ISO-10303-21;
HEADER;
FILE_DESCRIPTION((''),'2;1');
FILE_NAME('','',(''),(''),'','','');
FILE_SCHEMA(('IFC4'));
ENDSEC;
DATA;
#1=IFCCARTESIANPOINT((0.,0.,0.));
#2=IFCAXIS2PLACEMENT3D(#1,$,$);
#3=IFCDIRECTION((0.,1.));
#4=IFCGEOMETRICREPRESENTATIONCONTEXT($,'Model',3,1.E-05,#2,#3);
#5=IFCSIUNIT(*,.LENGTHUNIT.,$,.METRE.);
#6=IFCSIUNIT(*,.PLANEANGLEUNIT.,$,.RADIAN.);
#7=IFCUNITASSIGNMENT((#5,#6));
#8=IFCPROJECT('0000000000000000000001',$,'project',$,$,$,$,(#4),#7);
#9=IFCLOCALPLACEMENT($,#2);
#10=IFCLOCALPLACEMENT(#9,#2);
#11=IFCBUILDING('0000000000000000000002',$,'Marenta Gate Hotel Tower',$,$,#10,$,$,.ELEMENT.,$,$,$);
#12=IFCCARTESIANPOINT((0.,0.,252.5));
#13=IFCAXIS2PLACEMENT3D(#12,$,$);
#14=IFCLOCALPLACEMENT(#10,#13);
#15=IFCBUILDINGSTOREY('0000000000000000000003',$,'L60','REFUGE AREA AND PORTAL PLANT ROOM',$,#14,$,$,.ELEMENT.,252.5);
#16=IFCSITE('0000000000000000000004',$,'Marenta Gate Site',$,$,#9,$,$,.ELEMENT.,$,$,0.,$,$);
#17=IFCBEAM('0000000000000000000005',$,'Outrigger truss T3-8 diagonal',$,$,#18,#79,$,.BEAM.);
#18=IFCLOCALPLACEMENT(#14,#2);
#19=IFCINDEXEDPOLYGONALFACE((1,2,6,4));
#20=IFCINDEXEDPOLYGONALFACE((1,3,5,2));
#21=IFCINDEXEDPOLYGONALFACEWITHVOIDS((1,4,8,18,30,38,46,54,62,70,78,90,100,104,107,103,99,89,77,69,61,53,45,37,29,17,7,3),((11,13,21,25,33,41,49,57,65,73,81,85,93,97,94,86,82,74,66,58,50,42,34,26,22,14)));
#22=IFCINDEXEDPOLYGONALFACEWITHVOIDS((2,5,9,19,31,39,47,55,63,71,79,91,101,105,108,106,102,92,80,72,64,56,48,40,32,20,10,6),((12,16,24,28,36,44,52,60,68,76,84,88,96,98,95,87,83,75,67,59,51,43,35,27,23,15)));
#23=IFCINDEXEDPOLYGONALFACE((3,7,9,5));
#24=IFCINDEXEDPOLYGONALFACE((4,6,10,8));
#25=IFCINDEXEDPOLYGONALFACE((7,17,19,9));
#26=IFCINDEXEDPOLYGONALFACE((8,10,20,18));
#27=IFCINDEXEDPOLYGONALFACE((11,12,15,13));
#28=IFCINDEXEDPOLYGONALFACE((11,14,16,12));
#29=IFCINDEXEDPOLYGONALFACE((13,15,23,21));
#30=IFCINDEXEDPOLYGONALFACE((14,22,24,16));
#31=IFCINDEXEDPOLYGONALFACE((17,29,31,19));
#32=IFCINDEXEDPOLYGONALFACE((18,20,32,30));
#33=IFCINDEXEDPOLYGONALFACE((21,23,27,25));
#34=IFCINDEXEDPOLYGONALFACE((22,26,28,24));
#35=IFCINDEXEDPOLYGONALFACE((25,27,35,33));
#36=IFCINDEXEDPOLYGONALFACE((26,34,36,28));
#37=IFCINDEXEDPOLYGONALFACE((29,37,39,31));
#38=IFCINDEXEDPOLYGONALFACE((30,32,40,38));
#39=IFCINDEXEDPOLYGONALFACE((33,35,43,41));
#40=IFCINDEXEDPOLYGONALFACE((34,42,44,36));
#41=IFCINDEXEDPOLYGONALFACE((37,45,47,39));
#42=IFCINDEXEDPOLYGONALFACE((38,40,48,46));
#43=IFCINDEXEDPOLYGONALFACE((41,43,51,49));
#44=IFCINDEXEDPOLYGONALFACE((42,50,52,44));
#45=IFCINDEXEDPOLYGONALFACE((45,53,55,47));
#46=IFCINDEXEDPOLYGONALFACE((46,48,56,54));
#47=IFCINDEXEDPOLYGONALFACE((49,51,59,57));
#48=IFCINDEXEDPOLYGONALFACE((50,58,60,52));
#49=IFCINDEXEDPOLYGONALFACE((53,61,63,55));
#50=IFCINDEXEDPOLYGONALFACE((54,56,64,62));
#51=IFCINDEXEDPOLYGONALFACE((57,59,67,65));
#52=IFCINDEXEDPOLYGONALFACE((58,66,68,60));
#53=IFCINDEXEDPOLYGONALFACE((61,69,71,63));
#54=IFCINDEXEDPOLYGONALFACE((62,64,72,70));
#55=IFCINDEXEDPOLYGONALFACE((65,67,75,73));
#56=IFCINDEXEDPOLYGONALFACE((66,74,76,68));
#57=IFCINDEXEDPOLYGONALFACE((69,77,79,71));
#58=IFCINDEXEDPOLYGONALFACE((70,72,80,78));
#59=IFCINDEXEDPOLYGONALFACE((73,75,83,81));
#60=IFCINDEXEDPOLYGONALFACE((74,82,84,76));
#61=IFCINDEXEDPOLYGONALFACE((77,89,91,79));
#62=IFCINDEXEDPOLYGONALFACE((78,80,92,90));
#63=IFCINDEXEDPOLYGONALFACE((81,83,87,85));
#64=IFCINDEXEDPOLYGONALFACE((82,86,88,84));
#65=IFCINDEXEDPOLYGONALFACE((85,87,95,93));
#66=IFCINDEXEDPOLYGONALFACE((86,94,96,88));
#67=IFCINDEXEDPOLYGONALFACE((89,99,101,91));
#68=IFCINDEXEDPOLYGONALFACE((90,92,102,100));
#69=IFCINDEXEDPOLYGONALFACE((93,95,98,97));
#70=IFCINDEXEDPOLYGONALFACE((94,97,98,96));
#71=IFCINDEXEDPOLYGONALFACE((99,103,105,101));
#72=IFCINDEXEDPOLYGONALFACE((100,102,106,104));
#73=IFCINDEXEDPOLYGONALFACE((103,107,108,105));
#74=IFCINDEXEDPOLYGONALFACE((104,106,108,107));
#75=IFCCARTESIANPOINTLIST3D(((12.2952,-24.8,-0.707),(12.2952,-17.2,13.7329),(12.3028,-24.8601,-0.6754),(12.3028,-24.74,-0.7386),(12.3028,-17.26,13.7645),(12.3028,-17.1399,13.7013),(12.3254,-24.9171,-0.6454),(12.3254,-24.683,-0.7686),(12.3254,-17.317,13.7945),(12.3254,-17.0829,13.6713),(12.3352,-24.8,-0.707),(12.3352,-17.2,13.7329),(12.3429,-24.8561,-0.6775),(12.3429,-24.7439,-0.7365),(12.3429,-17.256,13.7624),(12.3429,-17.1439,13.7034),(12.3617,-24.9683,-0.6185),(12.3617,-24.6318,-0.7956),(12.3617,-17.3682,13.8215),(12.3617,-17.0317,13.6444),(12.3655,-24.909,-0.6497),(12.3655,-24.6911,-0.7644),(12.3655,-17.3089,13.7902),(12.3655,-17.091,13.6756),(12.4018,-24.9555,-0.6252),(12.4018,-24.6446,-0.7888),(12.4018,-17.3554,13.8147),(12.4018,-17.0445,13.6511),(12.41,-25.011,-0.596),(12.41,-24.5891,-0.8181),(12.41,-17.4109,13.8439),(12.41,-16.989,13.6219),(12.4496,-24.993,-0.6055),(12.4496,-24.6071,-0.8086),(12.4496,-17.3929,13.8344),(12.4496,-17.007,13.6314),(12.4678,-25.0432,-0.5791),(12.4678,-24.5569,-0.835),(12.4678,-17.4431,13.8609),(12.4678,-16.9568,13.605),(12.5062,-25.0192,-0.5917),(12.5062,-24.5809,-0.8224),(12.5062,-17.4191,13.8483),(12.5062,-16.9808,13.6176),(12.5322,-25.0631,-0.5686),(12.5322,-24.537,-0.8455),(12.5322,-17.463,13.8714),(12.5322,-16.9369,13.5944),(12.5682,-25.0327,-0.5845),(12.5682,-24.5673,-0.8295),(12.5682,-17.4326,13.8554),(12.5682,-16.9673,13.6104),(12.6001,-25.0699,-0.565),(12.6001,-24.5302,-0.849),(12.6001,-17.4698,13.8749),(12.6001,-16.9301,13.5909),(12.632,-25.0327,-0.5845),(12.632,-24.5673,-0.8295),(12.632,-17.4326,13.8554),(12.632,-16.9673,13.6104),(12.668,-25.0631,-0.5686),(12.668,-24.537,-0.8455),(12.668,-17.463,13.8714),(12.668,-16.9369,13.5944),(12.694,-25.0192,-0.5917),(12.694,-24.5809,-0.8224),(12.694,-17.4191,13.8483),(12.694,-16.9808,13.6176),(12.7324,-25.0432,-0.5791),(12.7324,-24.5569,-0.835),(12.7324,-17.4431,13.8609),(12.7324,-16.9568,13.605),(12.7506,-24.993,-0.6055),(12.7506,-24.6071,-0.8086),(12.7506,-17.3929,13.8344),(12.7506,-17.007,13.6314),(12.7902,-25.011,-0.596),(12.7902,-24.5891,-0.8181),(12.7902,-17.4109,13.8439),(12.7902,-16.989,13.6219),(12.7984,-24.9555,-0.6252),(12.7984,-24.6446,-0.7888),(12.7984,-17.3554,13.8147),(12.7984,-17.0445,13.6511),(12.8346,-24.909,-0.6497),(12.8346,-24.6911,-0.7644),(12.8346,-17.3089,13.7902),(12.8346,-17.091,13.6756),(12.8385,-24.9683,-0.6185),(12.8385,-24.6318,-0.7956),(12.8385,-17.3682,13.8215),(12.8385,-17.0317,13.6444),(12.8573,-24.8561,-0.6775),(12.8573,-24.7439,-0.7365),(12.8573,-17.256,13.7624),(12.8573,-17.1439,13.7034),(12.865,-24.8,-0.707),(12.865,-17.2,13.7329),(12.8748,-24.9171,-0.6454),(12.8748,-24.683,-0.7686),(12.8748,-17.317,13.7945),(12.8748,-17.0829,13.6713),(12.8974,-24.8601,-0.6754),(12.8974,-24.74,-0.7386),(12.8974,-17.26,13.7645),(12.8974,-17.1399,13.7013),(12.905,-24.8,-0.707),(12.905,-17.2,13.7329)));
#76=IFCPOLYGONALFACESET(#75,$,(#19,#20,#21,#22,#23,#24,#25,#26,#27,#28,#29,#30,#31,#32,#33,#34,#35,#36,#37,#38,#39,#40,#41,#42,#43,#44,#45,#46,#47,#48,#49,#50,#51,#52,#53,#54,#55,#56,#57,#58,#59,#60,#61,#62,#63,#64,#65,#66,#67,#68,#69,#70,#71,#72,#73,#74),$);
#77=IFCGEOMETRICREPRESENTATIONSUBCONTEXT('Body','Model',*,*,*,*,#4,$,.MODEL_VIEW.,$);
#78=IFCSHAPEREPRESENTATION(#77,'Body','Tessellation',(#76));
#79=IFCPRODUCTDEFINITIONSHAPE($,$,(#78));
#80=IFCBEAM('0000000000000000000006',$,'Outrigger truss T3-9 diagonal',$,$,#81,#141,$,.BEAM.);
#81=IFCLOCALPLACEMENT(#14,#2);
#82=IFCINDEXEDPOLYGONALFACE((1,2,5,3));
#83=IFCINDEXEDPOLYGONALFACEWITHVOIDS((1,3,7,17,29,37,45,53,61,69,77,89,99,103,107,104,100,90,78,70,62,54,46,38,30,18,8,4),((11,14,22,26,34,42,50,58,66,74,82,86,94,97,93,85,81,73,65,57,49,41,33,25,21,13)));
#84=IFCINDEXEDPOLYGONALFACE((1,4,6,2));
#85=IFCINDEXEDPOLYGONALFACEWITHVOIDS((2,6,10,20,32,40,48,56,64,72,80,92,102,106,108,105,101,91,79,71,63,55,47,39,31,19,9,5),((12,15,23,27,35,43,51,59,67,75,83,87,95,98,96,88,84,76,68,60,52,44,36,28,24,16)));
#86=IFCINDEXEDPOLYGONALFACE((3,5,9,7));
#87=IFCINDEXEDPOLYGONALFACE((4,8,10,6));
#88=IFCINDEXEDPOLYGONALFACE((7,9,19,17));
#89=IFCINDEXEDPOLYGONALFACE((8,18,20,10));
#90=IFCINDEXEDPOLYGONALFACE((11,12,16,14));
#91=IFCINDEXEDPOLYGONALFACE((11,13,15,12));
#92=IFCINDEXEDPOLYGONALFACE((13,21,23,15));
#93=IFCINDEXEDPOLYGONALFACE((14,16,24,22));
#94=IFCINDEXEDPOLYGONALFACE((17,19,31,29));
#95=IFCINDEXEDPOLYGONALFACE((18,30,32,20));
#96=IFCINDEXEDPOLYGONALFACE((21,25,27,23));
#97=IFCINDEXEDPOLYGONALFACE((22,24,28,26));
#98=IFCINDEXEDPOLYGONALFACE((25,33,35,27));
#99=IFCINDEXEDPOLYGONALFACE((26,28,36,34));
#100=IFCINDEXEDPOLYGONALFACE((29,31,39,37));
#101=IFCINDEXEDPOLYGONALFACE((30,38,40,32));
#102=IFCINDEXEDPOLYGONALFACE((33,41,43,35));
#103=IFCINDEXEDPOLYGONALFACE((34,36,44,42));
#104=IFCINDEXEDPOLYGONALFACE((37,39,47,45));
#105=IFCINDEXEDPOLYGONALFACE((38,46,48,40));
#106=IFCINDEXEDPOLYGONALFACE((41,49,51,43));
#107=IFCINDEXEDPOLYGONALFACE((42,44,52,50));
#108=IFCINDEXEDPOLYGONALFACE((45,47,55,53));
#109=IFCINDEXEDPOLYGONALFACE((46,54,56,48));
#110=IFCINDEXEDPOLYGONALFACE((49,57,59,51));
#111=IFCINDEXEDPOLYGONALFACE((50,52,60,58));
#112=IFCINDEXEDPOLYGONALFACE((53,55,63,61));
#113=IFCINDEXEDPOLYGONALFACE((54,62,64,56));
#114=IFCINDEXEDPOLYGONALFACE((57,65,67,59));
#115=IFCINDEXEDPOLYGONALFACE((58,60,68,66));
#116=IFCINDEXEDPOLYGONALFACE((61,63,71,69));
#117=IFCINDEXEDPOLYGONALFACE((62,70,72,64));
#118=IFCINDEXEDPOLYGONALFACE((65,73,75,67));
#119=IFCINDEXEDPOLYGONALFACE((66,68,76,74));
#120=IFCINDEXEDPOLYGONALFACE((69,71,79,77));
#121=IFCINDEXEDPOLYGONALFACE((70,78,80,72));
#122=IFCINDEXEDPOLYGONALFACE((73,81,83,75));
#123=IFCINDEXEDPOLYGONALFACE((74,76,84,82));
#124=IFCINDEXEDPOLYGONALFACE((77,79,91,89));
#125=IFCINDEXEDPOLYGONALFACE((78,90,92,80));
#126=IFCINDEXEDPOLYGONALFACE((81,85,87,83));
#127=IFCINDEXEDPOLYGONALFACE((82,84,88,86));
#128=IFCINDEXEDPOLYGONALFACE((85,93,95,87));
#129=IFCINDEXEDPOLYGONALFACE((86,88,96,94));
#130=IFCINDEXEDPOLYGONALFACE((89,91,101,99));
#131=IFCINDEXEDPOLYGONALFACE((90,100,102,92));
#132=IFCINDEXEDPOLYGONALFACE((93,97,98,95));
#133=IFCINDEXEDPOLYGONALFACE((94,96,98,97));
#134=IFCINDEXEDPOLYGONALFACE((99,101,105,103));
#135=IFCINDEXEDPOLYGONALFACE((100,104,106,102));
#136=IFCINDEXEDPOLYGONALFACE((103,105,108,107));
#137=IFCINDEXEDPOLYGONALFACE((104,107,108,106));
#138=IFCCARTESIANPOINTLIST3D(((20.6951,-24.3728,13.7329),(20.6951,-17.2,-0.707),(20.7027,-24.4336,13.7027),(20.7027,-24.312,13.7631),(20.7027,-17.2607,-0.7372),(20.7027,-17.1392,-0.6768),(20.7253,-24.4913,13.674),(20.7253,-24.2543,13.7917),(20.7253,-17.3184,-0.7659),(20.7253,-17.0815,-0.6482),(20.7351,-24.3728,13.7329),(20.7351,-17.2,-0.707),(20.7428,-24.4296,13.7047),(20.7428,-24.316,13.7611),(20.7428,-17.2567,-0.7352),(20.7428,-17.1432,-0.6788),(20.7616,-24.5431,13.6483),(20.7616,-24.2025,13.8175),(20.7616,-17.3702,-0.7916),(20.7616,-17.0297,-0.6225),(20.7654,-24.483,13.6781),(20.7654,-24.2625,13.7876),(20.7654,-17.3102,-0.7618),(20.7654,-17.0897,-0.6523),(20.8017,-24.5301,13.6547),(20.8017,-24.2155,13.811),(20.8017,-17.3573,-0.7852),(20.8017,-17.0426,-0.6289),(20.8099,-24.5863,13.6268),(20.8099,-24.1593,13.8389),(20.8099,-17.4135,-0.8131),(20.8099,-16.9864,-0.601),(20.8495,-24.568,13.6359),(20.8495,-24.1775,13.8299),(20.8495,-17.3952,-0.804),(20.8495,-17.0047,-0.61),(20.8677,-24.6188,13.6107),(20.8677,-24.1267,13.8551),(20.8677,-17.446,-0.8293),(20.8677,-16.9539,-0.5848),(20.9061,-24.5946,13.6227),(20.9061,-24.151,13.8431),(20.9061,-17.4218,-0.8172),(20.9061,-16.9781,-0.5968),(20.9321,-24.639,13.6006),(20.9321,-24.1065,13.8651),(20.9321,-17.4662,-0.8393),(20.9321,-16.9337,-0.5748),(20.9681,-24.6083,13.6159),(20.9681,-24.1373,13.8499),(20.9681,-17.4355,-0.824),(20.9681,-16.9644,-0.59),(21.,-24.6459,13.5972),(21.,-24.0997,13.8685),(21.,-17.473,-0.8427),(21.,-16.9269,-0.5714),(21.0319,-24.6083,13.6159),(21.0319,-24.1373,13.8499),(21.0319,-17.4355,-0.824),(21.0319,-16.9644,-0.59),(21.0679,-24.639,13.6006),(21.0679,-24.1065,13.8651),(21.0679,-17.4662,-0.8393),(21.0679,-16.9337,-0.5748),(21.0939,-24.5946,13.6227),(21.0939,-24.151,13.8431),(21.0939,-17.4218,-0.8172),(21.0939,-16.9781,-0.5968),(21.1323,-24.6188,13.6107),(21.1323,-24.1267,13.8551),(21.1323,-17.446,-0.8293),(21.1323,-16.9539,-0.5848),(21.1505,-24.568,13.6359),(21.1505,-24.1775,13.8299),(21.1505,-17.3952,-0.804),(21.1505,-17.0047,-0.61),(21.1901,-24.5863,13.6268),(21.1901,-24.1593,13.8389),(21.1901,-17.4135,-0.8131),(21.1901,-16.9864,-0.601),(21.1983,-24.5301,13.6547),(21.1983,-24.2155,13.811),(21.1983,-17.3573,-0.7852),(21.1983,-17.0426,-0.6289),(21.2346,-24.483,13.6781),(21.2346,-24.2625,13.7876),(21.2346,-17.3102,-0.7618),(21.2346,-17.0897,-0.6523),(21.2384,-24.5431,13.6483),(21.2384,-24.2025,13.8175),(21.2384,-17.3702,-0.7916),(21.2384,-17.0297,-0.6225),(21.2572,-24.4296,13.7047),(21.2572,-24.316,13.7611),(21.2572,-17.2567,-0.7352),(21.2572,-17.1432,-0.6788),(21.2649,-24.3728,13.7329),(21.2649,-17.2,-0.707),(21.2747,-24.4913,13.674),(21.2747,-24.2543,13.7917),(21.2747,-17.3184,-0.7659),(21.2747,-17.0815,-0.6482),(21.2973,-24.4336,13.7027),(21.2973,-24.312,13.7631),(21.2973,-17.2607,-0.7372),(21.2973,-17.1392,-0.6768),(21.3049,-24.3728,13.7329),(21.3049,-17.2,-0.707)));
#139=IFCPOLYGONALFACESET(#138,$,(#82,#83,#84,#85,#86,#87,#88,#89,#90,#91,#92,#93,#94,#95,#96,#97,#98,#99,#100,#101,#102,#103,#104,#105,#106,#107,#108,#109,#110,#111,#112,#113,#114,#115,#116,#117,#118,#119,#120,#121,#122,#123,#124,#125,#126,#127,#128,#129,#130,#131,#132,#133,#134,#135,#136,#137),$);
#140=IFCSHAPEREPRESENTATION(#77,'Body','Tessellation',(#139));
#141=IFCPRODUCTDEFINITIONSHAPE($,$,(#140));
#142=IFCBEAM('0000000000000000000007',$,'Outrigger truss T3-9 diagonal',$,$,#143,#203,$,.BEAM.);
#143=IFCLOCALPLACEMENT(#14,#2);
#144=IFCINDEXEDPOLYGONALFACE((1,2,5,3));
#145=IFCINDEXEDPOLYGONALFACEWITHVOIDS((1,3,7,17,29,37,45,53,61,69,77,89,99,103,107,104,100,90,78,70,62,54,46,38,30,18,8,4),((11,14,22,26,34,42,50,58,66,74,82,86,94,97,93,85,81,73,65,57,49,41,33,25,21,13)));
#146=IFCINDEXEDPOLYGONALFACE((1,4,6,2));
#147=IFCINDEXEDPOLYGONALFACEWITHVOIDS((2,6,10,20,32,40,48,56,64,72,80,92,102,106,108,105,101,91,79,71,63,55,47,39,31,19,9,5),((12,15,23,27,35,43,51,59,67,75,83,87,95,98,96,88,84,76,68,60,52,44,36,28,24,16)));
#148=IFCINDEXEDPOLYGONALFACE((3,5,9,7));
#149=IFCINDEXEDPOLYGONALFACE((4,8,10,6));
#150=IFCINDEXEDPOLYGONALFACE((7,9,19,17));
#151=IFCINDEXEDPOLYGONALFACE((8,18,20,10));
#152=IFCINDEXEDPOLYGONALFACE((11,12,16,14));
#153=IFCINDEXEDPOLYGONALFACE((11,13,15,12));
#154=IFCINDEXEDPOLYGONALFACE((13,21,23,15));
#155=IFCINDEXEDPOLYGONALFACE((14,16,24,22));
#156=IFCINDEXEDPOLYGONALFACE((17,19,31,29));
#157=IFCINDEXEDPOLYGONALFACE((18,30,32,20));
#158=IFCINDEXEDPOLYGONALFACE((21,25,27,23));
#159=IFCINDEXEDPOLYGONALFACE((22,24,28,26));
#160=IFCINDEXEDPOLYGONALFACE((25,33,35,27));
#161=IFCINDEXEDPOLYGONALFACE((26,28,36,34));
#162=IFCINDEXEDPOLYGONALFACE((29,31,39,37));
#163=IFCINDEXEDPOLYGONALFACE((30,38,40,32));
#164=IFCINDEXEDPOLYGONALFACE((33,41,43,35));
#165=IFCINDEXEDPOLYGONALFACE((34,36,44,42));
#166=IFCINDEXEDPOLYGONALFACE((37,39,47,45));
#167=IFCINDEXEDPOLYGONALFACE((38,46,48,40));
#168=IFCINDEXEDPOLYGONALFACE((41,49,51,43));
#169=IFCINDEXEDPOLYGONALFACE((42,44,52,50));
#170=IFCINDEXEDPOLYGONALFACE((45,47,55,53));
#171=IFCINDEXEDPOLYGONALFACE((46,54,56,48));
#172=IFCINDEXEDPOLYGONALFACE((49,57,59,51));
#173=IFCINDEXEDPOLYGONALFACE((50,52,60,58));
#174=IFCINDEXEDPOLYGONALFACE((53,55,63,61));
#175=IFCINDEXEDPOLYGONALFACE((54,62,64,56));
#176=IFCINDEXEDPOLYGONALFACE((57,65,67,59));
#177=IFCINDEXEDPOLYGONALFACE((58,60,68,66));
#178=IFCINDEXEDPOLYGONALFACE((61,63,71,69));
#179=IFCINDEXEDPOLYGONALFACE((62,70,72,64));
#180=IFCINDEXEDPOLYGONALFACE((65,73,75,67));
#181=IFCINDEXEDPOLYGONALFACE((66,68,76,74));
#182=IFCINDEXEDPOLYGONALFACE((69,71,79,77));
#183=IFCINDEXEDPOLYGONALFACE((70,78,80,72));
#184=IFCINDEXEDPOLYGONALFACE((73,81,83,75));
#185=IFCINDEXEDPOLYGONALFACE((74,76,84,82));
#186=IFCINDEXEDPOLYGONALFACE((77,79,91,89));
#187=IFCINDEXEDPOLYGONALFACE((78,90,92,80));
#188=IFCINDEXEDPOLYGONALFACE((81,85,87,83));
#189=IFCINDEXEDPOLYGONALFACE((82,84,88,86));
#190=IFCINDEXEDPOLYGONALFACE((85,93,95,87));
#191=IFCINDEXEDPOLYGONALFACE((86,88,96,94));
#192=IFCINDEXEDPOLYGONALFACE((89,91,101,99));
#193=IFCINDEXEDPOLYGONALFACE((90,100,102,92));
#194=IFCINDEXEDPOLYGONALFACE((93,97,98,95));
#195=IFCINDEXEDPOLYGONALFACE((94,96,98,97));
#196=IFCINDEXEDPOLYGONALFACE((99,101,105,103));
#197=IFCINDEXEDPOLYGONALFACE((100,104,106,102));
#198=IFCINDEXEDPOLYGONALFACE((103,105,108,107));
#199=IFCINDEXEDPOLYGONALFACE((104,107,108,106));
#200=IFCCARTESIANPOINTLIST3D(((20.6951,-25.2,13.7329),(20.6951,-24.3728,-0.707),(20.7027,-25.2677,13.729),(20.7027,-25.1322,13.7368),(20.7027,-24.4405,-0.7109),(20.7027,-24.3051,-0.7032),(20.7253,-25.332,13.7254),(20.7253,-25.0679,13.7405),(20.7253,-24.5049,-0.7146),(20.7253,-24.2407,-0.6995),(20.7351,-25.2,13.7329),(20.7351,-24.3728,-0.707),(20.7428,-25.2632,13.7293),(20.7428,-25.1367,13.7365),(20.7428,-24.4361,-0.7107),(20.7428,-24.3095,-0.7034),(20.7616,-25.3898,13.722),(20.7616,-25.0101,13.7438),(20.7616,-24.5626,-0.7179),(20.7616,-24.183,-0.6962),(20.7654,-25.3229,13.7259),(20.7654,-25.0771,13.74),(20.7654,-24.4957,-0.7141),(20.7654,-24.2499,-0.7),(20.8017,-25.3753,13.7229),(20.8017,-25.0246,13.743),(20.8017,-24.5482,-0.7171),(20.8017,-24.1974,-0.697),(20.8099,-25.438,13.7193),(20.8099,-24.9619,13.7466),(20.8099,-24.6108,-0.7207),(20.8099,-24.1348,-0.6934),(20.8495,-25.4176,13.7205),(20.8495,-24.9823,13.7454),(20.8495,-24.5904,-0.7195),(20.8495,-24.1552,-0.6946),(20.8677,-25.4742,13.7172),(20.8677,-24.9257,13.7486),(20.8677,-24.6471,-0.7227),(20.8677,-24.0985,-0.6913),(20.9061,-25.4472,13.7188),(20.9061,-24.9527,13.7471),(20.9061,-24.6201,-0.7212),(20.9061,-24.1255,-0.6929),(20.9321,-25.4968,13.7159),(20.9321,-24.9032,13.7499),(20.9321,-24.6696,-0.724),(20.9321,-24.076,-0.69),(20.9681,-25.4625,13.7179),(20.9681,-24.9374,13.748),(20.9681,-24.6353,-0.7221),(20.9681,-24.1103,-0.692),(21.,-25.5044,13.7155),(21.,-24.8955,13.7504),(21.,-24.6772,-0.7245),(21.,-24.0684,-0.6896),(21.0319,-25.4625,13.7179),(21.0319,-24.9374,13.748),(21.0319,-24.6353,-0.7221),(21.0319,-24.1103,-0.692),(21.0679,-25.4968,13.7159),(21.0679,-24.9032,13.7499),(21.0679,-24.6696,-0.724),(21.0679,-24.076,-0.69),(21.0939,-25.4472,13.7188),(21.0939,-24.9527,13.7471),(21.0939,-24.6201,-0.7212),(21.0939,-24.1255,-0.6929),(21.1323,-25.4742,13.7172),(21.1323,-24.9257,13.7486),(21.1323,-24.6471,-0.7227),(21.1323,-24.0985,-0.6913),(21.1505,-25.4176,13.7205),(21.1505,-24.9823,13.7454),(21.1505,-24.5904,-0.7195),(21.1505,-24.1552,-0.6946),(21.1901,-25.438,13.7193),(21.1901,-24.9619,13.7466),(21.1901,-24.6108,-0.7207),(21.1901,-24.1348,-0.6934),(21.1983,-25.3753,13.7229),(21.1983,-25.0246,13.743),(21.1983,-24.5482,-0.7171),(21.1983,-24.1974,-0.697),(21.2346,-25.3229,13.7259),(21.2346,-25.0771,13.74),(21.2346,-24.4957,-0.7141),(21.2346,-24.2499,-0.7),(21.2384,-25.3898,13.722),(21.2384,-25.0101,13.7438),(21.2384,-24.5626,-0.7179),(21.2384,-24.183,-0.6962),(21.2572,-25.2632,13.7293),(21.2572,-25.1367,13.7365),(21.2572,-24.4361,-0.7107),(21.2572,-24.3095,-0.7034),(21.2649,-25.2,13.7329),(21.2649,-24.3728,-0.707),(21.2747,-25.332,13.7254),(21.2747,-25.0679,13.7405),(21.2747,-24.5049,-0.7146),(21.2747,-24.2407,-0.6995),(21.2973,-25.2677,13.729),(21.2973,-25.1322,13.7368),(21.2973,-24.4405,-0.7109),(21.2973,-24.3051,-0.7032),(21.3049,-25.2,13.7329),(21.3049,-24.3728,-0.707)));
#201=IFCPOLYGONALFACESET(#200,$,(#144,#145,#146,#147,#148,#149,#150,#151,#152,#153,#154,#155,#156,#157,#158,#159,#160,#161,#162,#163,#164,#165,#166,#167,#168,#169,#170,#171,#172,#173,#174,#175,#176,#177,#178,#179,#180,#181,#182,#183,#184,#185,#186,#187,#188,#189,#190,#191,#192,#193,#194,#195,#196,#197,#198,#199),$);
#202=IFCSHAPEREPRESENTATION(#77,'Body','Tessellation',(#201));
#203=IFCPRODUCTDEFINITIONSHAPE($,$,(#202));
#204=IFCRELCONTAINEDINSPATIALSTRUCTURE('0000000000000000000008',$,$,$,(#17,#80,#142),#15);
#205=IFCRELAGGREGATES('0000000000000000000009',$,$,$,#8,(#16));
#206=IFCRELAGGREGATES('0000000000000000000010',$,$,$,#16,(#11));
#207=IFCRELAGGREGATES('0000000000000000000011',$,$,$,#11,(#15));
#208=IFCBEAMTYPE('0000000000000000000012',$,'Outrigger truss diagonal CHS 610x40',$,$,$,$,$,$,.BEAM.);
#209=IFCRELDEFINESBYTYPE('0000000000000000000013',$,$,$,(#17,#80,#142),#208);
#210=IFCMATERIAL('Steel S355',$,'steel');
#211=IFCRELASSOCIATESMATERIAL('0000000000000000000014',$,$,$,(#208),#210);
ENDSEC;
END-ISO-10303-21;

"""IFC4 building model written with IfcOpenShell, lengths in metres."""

from ifc_helpers import new_model, si_unit, direction, frame, origin, origin_2d, place, context, subcontext, project, spatial, hollow_circle, extrude, material, material_profile, profile_set, type_object, element, save


model = new_model("IFC4")

# Units and contexts
model_context = context("Model", 3, precision=1e-05, world=origin(), true_north=direction((0.0, 1.0)))
body_context = subcontext(model_context, "Body", "Model", "MODEL_VIEW")
ifc_project = project(units=[si_unit("LENGTHUNIT", "METRE"), si_unit("PLANEANGLEUNIT", "RADIAN")], contexts=[model_context])

# Site, building, storey
site_placement = place(None, origin())
site = spatial("IfcSite", under=ifc_project, at=site_placement, Name="Marenta Gate Site", CompositionType="ELEMENT", RefElevation=0.0)
building_placement = place(site_placement, origin())
building = spatial("IfcBuilding", under=site, at=building_placement, Name="Marenta Gate Hotel Tower", CompositionType="ELEMENT")
storey_placement = place(building_placement, frame((0.0, 0.0, 252.5)))
storey = spatial("IfcBuildingStorey", under=building, at=storey_placement, Name="L60", Description="REFUGE AREA AND PORTAL PLANT ROOM", CompositionType="ELEMENT", Elevation=252.5)

# Beams
ifc_material_1 = material(Name="Steel S355", Category="steel")
ifc_material_profile_1 = material_profile(ifc_material_1, hollow_circle(Radius=0.3049, WallThickness=0.04, at=origin_2d()), Name="CHS 610x40")
ifc_profile_set_1 = profile_set([ifc_material_profile_1], Name="Steel S355")
beam_type_1 = type_object("IfcBeamType", Name="Outrigger truss diagonal CHS 610x40", PredefinedType="BEAM", material=ifc_profile_set_1)
beam_1_placement = place(storey_placement, frame((12.6001, -17.2, 13.7329), z_axis=(0.0, -0.465753, -0.884915), x_axis=(1.0, 0.0, 0.0)))
element("IfcBeam", 1, at=beam_1_placement, inside=storey, type_object=beam_type_1, Name="Outrigger truss T3-8 diagonal", PredefinedType="BEAM", context=body_context, shape_type="SweptSolid", body=[
    extrude(hollow_circle(Radius=0.3049, WallThickness=0.04, at=origin_2d()), origin(), (0.0, 0.0, 1.0), 16.3179),
])
beam_2_placement = place(storey_placement, frame((21.0, -17.2, -0.707), z_axis=(0.0, -0.444874, 0.895593), x_axis=(1.0, 0.0, 0.0)))
element("IfcBeam", 2, at=beam_2_placement, inside=storey, type_object=beam_type_1, Name="Outrigger truss T3-9 diagonal", PredefinedType="BEAM", context=body_context, shape_type="SweptSolid", body=[
    extrude(hollow_circle(Radius=0.3049, WallThickness=0.04, at=origin_2d()), origin(), (0.0, 0.0, 1.0), 16.1233),
])
beam_3_placement = place(storey_placement, frame((21.0, -24.3728, -0.707), z_axis=(0.0, -0.057188, 0.998363), x_axis=(1.0, 0.0, 0.0)))
element("IfcBeam", 3, at=beam_3_placement, inside=storey, type_object=beam_type_1, Name="Outrigger truss T3-9 diagonal", PredefinedType="BEAM", context=body_context, shape_type="SweptSolid", body=[
    extrude(hollow_circle(Radius=0.3049, WallThickness=0.04, at=origin_2d()), origin(), (0.0, 0.0, 1.0), 14.4636),
])

save(model, "model.ifc")
